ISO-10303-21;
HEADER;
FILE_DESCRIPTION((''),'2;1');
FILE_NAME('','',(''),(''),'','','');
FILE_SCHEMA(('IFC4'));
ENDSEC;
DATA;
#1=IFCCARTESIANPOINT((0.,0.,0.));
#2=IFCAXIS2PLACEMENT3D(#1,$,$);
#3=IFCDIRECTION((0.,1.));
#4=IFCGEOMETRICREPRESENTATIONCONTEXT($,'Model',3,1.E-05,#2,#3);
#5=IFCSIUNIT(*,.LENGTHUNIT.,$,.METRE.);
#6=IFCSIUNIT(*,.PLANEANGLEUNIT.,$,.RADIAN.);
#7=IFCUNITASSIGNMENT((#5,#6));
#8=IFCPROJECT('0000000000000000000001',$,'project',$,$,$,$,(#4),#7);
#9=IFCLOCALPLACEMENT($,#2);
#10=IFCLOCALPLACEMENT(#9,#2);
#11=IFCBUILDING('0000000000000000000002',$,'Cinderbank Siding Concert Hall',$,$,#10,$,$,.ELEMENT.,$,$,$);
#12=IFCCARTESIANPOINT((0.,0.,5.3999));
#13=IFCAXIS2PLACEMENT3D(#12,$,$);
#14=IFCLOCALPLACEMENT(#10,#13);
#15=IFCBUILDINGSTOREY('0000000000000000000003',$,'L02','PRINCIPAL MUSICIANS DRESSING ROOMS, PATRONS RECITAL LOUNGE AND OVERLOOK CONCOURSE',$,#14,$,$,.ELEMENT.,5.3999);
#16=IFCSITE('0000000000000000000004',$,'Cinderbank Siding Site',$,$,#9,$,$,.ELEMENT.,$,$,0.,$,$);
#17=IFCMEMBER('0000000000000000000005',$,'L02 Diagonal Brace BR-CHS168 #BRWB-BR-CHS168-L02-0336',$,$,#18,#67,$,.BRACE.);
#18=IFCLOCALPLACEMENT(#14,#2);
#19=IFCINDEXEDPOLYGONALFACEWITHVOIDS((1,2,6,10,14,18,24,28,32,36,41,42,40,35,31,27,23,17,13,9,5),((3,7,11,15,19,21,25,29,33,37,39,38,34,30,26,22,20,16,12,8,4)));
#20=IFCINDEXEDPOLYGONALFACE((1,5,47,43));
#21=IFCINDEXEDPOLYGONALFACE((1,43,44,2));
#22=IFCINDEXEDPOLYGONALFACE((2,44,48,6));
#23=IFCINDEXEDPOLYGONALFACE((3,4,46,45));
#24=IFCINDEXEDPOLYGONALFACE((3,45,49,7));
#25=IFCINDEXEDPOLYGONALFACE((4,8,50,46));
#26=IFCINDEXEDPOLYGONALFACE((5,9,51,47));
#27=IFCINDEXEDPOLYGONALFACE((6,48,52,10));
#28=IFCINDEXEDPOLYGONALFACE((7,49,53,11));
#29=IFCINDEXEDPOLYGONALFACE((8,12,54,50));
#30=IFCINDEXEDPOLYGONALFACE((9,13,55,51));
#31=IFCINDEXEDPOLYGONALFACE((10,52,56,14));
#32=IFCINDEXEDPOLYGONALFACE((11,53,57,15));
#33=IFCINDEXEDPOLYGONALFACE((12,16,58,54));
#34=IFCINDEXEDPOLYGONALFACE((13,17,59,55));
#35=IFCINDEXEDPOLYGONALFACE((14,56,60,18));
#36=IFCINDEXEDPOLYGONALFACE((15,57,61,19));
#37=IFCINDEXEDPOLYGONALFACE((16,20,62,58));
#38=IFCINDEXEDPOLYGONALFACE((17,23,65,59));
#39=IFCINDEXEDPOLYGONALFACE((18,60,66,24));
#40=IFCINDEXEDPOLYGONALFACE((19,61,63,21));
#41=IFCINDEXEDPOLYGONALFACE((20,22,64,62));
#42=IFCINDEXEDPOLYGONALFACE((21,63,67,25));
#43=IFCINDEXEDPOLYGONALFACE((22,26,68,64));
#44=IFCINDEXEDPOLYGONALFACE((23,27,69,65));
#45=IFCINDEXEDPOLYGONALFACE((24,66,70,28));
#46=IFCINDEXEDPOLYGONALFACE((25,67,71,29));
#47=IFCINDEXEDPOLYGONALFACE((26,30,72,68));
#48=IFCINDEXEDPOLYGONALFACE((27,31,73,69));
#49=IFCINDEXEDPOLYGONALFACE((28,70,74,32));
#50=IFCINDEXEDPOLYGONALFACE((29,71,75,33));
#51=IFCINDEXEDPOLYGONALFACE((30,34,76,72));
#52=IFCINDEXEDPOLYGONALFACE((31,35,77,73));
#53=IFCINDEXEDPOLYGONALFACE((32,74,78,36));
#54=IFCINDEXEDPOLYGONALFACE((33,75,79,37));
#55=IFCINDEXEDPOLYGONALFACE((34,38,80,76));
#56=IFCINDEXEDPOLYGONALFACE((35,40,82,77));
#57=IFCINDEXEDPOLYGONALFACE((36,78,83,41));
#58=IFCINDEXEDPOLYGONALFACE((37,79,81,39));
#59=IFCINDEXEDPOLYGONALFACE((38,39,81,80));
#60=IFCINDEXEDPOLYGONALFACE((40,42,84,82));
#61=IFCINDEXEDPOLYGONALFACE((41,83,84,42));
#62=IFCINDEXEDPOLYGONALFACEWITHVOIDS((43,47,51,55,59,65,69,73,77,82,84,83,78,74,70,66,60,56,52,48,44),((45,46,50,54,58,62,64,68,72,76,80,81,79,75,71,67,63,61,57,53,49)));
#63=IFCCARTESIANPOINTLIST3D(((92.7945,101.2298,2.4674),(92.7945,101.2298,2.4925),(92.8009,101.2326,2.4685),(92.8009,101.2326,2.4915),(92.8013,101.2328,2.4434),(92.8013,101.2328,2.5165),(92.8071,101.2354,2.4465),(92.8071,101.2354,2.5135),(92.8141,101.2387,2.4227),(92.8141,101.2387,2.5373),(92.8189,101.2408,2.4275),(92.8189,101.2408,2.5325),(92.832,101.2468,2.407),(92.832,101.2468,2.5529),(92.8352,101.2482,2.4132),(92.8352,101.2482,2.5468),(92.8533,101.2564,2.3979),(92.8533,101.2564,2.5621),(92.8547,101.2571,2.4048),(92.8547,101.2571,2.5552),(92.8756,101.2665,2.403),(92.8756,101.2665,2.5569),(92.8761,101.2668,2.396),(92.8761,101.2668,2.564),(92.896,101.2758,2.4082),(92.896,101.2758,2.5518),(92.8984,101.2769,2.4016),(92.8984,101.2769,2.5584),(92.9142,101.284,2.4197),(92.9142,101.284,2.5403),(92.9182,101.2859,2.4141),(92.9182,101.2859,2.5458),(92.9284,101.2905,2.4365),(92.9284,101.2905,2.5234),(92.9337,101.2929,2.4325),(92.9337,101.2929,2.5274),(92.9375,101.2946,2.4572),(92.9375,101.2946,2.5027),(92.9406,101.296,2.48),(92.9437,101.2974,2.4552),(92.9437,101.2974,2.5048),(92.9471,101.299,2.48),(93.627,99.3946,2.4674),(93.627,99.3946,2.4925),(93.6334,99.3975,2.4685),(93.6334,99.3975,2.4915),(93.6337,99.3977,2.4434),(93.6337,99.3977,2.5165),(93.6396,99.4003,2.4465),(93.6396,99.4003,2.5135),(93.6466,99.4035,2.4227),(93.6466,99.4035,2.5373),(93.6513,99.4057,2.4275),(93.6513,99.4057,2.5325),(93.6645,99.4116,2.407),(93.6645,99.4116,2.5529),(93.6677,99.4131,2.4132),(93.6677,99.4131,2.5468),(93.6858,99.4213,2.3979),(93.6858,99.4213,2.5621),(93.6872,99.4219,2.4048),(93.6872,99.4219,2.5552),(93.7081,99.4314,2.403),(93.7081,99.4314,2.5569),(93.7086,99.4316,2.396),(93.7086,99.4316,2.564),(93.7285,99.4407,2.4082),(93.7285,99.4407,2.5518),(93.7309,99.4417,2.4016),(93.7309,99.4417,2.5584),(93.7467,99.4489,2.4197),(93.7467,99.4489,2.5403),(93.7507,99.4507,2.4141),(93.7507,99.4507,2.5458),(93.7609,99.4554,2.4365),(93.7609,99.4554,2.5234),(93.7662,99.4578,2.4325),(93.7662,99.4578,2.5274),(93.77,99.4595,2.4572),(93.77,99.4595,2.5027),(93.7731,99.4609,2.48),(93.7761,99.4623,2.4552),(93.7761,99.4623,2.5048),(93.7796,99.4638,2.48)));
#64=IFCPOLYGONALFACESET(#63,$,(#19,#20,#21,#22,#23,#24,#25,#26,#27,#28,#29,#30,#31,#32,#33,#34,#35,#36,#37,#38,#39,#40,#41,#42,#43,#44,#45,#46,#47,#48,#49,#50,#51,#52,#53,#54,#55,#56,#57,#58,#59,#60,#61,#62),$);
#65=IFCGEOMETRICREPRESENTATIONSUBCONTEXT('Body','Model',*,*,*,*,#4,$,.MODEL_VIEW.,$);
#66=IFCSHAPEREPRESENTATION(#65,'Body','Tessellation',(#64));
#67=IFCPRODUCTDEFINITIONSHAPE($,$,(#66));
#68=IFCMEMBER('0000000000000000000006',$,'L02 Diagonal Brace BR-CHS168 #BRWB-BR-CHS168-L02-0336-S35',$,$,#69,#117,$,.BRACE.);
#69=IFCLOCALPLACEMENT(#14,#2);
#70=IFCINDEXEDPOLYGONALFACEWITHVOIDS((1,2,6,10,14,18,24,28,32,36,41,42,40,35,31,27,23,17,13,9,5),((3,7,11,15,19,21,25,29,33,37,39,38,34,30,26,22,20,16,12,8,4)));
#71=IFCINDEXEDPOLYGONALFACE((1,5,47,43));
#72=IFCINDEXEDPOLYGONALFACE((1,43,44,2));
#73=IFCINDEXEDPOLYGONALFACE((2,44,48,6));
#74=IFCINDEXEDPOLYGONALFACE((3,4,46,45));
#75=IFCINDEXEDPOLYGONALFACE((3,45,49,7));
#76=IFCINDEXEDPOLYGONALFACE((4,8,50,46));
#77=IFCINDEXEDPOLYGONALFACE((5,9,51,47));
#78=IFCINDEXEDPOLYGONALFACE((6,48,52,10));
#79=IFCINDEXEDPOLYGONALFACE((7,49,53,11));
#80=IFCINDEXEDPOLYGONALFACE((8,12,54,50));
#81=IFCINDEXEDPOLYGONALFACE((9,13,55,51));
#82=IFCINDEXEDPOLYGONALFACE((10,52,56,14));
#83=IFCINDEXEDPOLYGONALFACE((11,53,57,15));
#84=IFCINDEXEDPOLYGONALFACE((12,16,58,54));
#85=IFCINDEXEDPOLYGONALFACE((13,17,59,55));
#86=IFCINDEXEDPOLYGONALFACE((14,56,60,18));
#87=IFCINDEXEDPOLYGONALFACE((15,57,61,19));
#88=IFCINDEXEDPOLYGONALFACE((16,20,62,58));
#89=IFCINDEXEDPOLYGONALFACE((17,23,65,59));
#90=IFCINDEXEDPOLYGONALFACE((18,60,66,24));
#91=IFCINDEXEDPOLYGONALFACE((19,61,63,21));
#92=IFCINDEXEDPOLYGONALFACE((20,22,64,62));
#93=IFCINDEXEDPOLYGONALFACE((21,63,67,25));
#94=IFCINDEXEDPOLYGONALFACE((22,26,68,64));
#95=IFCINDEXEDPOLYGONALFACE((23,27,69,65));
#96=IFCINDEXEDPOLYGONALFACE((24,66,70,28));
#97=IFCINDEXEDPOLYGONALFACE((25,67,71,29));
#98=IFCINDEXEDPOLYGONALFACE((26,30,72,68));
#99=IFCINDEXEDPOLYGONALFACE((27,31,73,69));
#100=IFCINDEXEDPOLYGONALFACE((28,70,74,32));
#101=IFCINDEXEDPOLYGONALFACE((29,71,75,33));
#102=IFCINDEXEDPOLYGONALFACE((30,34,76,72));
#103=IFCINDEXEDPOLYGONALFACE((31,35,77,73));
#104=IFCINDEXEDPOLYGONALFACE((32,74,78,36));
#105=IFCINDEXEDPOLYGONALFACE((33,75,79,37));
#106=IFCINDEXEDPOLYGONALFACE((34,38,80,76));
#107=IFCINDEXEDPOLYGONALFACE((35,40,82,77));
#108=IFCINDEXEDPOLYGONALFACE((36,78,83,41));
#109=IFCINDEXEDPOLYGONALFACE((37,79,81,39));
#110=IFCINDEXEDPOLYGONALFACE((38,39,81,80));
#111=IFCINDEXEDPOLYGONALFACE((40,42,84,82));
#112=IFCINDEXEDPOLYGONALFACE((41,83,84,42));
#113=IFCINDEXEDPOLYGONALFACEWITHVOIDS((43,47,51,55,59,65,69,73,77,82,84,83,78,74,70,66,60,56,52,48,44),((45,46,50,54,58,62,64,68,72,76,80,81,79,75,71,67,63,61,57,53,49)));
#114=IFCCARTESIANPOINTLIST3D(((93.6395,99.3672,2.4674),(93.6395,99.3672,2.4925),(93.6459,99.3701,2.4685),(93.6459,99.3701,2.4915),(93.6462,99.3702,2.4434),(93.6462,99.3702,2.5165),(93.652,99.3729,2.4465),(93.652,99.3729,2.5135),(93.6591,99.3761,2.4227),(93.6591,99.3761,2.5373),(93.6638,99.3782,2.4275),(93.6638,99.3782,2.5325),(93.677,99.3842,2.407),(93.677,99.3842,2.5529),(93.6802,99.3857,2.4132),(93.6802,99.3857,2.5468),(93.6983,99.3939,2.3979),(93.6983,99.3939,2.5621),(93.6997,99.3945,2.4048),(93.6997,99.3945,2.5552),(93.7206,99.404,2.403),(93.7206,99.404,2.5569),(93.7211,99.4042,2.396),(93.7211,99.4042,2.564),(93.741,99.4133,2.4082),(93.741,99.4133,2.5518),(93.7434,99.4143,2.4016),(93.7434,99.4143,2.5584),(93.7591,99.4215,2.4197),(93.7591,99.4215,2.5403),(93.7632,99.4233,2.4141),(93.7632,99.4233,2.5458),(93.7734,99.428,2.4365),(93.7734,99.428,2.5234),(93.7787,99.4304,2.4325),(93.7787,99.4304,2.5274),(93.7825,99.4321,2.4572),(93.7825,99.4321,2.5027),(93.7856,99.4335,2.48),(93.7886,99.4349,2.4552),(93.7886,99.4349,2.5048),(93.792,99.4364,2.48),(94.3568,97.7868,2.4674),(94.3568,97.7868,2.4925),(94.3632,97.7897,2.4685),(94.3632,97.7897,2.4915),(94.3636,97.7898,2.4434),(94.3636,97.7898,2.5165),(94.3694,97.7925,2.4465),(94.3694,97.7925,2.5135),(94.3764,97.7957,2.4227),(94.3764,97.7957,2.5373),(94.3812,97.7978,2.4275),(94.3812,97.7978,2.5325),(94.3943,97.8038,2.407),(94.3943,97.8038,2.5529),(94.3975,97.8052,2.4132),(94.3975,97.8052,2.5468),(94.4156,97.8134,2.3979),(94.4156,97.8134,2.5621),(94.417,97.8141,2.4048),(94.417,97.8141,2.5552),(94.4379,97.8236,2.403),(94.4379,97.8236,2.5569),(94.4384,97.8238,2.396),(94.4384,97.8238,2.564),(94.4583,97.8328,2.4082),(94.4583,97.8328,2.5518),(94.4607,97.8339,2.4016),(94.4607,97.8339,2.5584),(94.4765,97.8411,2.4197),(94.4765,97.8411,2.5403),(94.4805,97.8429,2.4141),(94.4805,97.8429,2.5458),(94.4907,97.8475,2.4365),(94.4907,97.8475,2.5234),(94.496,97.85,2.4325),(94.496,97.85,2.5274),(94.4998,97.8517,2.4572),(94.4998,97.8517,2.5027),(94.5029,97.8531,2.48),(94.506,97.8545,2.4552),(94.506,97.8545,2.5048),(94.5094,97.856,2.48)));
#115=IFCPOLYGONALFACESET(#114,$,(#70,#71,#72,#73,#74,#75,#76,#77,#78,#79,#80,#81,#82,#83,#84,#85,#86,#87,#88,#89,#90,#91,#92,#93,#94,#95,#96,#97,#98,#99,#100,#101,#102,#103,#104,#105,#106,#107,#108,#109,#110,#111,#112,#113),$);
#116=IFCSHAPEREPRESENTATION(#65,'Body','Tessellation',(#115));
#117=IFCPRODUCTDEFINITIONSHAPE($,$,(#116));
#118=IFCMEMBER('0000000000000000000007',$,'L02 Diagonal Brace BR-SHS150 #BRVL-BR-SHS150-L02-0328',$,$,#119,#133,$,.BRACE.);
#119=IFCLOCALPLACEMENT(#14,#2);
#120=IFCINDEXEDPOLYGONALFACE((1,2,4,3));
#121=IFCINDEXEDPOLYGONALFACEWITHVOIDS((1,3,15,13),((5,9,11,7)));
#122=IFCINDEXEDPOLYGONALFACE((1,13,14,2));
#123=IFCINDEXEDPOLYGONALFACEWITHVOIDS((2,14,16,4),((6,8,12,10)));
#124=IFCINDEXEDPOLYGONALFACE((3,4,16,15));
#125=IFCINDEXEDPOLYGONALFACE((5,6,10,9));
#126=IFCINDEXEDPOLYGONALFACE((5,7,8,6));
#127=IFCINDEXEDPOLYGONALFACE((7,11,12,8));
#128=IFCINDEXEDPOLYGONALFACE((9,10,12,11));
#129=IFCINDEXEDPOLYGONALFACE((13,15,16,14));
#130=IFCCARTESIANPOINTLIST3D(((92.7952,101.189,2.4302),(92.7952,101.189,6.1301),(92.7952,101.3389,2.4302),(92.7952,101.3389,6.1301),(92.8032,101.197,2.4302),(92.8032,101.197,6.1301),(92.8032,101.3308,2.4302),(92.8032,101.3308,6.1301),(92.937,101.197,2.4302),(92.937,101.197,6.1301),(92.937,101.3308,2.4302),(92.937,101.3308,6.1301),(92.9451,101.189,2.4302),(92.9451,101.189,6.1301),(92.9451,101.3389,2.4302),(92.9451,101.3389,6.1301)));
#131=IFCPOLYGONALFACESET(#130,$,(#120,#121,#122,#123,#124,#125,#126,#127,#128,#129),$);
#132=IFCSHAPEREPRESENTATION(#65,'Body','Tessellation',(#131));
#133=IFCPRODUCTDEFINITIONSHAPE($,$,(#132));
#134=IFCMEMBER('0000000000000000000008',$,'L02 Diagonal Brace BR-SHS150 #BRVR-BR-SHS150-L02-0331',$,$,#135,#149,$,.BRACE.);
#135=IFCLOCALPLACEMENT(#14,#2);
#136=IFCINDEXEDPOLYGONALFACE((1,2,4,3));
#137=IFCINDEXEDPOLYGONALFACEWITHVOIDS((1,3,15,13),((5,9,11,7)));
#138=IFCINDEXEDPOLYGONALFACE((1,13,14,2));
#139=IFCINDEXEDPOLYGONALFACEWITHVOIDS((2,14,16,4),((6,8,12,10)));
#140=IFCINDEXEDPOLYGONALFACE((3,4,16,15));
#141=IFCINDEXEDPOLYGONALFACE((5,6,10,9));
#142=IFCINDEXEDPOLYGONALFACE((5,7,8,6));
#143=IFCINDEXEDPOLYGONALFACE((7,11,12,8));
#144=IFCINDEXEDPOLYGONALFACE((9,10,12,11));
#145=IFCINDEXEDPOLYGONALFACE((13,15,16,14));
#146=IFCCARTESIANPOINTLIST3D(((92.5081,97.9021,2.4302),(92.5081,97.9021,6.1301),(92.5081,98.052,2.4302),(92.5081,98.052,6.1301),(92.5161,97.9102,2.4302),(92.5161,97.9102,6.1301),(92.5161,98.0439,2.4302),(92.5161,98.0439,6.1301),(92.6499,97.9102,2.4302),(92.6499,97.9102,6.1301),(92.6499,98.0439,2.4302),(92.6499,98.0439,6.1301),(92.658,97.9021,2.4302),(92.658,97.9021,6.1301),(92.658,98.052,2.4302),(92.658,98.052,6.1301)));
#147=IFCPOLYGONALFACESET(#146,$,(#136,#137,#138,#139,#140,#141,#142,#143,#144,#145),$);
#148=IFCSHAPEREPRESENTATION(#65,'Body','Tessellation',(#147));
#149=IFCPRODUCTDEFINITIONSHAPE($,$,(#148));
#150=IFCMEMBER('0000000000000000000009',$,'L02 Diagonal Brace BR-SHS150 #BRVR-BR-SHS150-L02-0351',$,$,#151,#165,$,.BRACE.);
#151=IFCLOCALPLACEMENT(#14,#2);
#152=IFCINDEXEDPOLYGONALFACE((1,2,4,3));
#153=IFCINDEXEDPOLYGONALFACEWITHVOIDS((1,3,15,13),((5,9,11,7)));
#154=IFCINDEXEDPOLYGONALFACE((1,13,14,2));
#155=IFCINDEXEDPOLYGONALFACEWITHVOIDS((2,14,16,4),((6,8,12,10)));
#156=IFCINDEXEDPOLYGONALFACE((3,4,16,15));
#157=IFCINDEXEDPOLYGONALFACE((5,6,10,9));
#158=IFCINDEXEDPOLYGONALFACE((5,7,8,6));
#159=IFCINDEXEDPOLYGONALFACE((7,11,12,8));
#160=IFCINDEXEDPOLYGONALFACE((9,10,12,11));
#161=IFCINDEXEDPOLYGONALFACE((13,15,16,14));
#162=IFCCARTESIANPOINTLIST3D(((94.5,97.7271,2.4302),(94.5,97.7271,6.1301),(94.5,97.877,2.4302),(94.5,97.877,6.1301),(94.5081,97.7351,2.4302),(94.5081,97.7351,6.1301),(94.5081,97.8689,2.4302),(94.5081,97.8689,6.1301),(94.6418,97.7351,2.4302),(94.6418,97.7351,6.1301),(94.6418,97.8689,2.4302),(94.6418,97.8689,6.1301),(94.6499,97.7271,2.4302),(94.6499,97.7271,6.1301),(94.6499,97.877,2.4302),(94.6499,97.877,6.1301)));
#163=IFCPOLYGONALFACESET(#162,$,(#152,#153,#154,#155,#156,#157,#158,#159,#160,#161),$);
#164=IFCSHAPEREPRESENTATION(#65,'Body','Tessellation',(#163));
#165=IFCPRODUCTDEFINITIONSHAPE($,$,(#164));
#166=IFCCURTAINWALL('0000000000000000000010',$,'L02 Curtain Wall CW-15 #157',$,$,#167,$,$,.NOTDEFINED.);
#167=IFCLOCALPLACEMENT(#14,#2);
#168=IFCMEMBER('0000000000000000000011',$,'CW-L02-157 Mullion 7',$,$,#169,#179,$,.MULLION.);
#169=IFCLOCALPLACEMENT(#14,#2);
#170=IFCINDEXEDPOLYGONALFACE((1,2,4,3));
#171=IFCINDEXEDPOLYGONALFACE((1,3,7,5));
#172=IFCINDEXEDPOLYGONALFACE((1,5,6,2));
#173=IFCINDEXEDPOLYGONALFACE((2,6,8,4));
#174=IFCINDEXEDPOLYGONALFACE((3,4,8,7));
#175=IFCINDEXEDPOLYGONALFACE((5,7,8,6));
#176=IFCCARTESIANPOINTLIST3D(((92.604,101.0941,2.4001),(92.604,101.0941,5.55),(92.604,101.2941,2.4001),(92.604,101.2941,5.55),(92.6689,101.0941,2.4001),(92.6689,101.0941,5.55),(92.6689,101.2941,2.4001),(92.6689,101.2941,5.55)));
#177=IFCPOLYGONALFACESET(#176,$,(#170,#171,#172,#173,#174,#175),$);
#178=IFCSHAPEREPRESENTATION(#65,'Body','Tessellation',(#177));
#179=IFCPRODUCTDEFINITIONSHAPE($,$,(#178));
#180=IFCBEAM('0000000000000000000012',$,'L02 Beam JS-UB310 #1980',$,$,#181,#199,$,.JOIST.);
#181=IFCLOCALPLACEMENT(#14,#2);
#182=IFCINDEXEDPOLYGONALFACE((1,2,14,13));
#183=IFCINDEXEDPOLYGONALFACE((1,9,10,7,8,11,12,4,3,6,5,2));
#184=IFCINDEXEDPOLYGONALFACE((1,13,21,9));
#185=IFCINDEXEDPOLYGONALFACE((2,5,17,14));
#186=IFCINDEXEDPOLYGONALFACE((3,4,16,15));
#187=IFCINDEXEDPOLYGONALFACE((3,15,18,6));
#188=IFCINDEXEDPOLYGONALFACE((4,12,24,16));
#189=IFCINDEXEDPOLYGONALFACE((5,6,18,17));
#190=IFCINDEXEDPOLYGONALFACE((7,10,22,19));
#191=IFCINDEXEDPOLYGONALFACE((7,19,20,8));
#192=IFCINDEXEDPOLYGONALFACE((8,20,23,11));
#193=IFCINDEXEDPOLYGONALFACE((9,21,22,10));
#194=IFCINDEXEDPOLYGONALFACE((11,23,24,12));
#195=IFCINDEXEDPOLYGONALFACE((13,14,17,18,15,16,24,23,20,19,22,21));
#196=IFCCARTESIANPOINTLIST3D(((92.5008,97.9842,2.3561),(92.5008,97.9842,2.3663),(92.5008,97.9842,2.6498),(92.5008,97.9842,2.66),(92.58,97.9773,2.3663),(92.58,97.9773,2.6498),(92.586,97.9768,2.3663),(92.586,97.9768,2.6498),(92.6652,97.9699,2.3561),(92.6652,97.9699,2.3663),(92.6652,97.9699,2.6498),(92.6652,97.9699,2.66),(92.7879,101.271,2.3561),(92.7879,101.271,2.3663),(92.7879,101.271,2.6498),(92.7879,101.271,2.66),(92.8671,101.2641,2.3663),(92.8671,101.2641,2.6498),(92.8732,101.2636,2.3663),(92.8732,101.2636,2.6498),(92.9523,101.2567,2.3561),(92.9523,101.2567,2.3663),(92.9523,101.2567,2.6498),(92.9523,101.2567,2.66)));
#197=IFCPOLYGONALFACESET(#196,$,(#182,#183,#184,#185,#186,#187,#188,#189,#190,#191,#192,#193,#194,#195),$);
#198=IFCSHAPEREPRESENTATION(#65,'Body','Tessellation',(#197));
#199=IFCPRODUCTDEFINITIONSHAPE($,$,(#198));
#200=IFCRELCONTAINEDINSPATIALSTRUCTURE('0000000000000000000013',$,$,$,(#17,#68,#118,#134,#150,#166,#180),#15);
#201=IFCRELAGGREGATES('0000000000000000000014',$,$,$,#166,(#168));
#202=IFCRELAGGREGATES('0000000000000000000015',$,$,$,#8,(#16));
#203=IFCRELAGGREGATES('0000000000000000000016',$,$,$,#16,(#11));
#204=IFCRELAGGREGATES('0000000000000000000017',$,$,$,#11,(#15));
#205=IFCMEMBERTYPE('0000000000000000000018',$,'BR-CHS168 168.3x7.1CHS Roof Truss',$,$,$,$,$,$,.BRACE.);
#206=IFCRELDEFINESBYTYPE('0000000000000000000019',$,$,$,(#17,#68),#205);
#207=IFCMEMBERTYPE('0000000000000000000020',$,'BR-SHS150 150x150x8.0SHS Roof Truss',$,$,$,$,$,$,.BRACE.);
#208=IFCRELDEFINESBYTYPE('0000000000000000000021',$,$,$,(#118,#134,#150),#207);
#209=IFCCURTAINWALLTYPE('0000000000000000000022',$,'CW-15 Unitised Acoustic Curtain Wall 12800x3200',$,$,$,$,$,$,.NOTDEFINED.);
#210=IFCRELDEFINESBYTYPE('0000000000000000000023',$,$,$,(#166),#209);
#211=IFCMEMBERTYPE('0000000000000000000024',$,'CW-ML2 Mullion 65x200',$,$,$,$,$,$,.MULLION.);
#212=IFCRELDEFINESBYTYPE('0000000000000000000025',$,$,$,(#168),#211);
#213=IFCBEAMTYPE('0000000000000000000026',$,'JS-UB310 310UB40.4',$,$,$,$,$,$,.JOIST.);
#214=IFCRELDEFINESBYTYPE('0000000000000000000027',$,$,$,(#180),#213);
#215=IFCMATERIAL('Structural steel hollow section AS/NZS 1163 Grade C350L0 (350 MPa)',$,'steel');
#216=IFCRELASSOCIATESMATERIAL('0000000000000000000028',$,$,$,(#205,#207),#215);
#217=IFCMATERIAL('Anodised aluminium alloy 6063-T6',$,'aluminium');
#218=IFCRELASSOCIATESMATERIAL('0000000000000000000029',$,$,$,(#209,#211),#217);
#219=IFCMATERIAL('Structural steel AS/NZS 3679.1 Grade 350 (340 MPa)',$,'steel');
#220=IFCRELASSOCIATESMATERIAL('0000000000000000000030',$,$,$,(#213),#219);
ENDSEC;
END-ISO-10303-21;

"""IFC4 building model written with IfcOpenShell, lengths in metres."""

from ifc_helpers import new_model, si_unit, direction, frame, origin, origin_2d, place, context, subcontext, project, spatial, rectangle, hollow_rectangle, hollow_circle, i_section, extrude, material, material_profile, profile_set, type_object, element, aggregate, save


model = new_model("IFC4")

# Units and contexts
model_context = context("Model", 3, precision=1e-05, world=origin(), true_north=direction((0.0, 1.0)))
body_context = subcontext(model_context, "Body", "Model", "MODEL_VIEW")
ifc_project = project(units=[si_unit("LENGTHUNIT", "METRE"), si_unit("PLANEANGLEUNIT", "RADIAN")], contexts=[model_context])

# Site, building, storey
site_placement = place(None, origin())
site = spatial("IfcSite", under=ifc_project, at=site_placement, Name="Cinderbank Siding Site", CompositionType="ELEMENT", RefElevation=0.0)
building_placement = place(site_placement, origin())
building = spatial("IfcBuilding", under=site, at=building_placement, Name="Cinderbank Siding Concert Hall", CompositionType="ELEMENT")
storey_placement = place(building_placement, frame((0.0, 0.0, 5.3999)))
storey = spatial("IfcBuildingStorey", under=building, at=storey_placement, Name="L02", Description="PRINCIPAL MUSICIANS DRESSING ROOMS, PATRONS RECITAL LOUNGE AND OVERLOOK CONCOURSE", CompositionType="ELEMENT", Elevation=5.3999)

# Shared definitions
ifc_material_1 = material(Name="Structural steel hollow section AS/NZS 1163 Grade C350L0 (350 MPa)", Category="steel")

# Members
ifc_material_profile_1 = material_profile(ifc_material_1, hollow_circle(Radius=0.0842, WallThickness=0.0071, at=origin_2d()), Name="168.3x7.1CHS", Category="LoadBearing")
ifc_profile_set_1 = profile_set([ifc_material_profile_1], Name="Structural steel hollow section AS/NZS 1163 Grade C350L0 (350 MPa)")
member_type_1 = type_object("IfcMemberType", Name="BR-CHS168 168.3x7.1CHS Roof Truss", PredefinedType="BRACE", material=ifc_profile_set_1)
member_1_placement = place(storey_placement, frame((92.8704, 101.2642, 2.48), z_axis=(0.413118, -0.910677, 0.0), x_axis=(0.910677, 0.413118, 0.0)))
element("IfcMember", 1, at=member_1_placement, inside=storey, type_object=member_type_1, Name="L02 Diagonal Brace BR-CHS168 #BRWB-BR-CHS168-L02-0336", PredefinedType="BRACE", context=body_context, shape_type="SweptSolid", body=[
    extrude(hollow_circle(Radius=0.0842, WallThickness=0.0071, at=origin_2d()), origin(), (0.0, 0.0, 1.0), 2.0151),
])
member_2_placement = place(storey_placement, frame((93.7153, 99.4016, 2.48), z_axis=(0.413305, -0.910593, 0.0), x_axis=(0.910593, 0.413305, 0.0)))
element("IfcMember", 2, at=member_2_placement, inside=storey, type_object=member_type_1, Name="L02 Diagonal Brace BR-CHS168 #BRWB-BR-CHS168-L02-0336-S35", PredefinedType="BRACE", context=body_context, shape_type="SweptSolid", body=[
    extrude(hollow_circle(Radius=0.0842, WallThickness=0.0071, at=origin_2d()), origin(), (0.0, 0.0, 1.0), 1.7356),
])
ifc_material_profile_2 = material_profile(ifc_material_1, hollow_rectangle(XDim=0.1499, YDim=0.1499, WallThickness=0.0081, at=origin_2d()), Name="150x150x8.0SHS", Category="LoadBearing")
ifc_profile_set_2 = profile_set([ifc_material_profile_2], Name="Structural steel hollow section AS/NZS 1163 Grade C350L0 (350 MPa)")
member_type_2 = type_object("IfcMemberType", Name="BR-SHS150 150x150x8.0SHS Roof Truss", PredefinedType="BRACE", material=ifc_profile_set_2)
for number, where, z_axis, x_axis, name in (
    (3, (92.8701, 101.2639, 2.4302), (0.0, 0.0, 1.0), (1.0, 0.0, 0.0), "L02 Diagonal Brace BR-SHS150 #BRVL-BR-SHS150-L02-0328"),
    (4, (92.583, 97.9771, 2.4302), (0.0, 0.0, 1.0), (1.0, 0.0, 0.0), "L02 Diagonal Brace BR-SHS150 #BRVR-BR-SHS150-L02-0331"),
    (5, (94.575, 97.802, 2.4302), (0.0, 0.0, 1.0), (1.0, 0.0, 0.0), "L02 Diagonal Brace BR-SHS150 #BRVR-BR-SHS150-L02-0351"),
):
    element("IfcMember", number, at=place(storey_placement, frame(where, z_axis=z_axis, x_axis=x_axis)), inside=storey, type_object=member_type_2, Name=name, PredefinedType="BRACE", context=body_context, shape_type="SweptSolid", body=[
        extrude(hollow_rectangle(XDim=0.1499, YDim=0.1499, WallThickness=0.0081, at=origin_2d()), origin(), (0.0, 0.0, 1.0), 3.7),
    ])

# Curtain wall, member
ifc_material_2 = material(Name="Anodised aluminium alloy 6063-T6", Category="aluminium")
curtain_wall_type = type_object("IfcCurtainWallType", Name="CW-15 Unitised Acoustic Curtain Wall 12800x3200", PredefinedType="NOTDEFINED", material=ifc_material_2)
curtain_wall_placement = place(storey_placement, origin())
curtain_wall = element("IfcCurtainWall", 6, at=curtain_wall_placement, inside=storey, type_object=curtain_wall_type, Name="L02 Curtain Wall CW-15 #157", PredefinedType="NOTDEFINED")
ifc_material_profile_3 = material_profile(ifc_material_2, rectangle(XDim=0.0649, YDim=0.2, at=origin_2d()), Name="ALU-MULL-65x200", Category="LoadBearing")
ifc_profile_set_3 = profile_set([ifc_material_profile_3], Name="Anodised aluminium alloy 6063-T6")
member_type_3 = type_object("IfcMemberType", Name="CW-ML2 Mullion 65x200", PredefinedType="MULLION", material=ifc_profile_set_3)
member_3_placement = place(storey_placement, frame((92.6365, 101.1941, 2.4001), z_axis=(0.0, 0.0, 1.0), x_axis=(1.0, 0.0, 0.0)))
member_3 = element("IfcMember", 7, at=member_3_placement, type_object=member_type_3, Name="CW-L02-157 Mullion 7", PredefinedType="MULLION", context=body_context, shape_type="SweptSolid", body=[
    extrude(rectangle(XDim=0.0649, YDim=0.2, at=origin_2d()), origin(), (0.0, 0.0, 1.0), 3.1499),
])
aggregate(curtain_wall, [member_3])

# Beam
ifc_material_3 = material(Name="Structural steel AS/NZS 3679.1 Grade 350 (340 MPa)", Category="steel")
ifc_material_profile_4 = material_profile(ifc_material_3, i_section(OverallWidth=0.165, OverallDepth=0.304, WebThickness=0.0061, FlangeThickness=0.0103, at=origin_2d()), Name="310UB40.4", Category="LoadBearing")
ifc_profile_set_4 = profile_set([ifc_material_profile_4], Name="Structural steel AS/NZS 3679.1 Grade 350 (340 MPa)")
beam_type_1 = type_object("IfcBeamType", Name="JS-UB310 310UB40.4", PredefinedType="JOIST", material=ifc_profile_set_4)
beam_1_placement = place(storey_placement, frame((92.583, 97.9771, 2.5081), z_axis=(0.087019, 0.996207, 0.0), x_axis=(-0.996207, 0.087019, 0.0)))
element("IfcBeam", 8, at=beam_1_placement, inside=storey, type_object=beam_type_1, Name="L02 Beam JS-UB310 #1980", PredefinedType="JOIST", context=body_context, shape_type="SweptSolid", body=[
    extrude(i_section(OverallWidth=0.165, OverallDepth=0.304, WebThickness=0.0061, FlangeThickness=0.0103, at=origin_2d()), origin(), (0.0, 0.0, 1.0), 3.2993),
])

save(model, "model.ifc")
